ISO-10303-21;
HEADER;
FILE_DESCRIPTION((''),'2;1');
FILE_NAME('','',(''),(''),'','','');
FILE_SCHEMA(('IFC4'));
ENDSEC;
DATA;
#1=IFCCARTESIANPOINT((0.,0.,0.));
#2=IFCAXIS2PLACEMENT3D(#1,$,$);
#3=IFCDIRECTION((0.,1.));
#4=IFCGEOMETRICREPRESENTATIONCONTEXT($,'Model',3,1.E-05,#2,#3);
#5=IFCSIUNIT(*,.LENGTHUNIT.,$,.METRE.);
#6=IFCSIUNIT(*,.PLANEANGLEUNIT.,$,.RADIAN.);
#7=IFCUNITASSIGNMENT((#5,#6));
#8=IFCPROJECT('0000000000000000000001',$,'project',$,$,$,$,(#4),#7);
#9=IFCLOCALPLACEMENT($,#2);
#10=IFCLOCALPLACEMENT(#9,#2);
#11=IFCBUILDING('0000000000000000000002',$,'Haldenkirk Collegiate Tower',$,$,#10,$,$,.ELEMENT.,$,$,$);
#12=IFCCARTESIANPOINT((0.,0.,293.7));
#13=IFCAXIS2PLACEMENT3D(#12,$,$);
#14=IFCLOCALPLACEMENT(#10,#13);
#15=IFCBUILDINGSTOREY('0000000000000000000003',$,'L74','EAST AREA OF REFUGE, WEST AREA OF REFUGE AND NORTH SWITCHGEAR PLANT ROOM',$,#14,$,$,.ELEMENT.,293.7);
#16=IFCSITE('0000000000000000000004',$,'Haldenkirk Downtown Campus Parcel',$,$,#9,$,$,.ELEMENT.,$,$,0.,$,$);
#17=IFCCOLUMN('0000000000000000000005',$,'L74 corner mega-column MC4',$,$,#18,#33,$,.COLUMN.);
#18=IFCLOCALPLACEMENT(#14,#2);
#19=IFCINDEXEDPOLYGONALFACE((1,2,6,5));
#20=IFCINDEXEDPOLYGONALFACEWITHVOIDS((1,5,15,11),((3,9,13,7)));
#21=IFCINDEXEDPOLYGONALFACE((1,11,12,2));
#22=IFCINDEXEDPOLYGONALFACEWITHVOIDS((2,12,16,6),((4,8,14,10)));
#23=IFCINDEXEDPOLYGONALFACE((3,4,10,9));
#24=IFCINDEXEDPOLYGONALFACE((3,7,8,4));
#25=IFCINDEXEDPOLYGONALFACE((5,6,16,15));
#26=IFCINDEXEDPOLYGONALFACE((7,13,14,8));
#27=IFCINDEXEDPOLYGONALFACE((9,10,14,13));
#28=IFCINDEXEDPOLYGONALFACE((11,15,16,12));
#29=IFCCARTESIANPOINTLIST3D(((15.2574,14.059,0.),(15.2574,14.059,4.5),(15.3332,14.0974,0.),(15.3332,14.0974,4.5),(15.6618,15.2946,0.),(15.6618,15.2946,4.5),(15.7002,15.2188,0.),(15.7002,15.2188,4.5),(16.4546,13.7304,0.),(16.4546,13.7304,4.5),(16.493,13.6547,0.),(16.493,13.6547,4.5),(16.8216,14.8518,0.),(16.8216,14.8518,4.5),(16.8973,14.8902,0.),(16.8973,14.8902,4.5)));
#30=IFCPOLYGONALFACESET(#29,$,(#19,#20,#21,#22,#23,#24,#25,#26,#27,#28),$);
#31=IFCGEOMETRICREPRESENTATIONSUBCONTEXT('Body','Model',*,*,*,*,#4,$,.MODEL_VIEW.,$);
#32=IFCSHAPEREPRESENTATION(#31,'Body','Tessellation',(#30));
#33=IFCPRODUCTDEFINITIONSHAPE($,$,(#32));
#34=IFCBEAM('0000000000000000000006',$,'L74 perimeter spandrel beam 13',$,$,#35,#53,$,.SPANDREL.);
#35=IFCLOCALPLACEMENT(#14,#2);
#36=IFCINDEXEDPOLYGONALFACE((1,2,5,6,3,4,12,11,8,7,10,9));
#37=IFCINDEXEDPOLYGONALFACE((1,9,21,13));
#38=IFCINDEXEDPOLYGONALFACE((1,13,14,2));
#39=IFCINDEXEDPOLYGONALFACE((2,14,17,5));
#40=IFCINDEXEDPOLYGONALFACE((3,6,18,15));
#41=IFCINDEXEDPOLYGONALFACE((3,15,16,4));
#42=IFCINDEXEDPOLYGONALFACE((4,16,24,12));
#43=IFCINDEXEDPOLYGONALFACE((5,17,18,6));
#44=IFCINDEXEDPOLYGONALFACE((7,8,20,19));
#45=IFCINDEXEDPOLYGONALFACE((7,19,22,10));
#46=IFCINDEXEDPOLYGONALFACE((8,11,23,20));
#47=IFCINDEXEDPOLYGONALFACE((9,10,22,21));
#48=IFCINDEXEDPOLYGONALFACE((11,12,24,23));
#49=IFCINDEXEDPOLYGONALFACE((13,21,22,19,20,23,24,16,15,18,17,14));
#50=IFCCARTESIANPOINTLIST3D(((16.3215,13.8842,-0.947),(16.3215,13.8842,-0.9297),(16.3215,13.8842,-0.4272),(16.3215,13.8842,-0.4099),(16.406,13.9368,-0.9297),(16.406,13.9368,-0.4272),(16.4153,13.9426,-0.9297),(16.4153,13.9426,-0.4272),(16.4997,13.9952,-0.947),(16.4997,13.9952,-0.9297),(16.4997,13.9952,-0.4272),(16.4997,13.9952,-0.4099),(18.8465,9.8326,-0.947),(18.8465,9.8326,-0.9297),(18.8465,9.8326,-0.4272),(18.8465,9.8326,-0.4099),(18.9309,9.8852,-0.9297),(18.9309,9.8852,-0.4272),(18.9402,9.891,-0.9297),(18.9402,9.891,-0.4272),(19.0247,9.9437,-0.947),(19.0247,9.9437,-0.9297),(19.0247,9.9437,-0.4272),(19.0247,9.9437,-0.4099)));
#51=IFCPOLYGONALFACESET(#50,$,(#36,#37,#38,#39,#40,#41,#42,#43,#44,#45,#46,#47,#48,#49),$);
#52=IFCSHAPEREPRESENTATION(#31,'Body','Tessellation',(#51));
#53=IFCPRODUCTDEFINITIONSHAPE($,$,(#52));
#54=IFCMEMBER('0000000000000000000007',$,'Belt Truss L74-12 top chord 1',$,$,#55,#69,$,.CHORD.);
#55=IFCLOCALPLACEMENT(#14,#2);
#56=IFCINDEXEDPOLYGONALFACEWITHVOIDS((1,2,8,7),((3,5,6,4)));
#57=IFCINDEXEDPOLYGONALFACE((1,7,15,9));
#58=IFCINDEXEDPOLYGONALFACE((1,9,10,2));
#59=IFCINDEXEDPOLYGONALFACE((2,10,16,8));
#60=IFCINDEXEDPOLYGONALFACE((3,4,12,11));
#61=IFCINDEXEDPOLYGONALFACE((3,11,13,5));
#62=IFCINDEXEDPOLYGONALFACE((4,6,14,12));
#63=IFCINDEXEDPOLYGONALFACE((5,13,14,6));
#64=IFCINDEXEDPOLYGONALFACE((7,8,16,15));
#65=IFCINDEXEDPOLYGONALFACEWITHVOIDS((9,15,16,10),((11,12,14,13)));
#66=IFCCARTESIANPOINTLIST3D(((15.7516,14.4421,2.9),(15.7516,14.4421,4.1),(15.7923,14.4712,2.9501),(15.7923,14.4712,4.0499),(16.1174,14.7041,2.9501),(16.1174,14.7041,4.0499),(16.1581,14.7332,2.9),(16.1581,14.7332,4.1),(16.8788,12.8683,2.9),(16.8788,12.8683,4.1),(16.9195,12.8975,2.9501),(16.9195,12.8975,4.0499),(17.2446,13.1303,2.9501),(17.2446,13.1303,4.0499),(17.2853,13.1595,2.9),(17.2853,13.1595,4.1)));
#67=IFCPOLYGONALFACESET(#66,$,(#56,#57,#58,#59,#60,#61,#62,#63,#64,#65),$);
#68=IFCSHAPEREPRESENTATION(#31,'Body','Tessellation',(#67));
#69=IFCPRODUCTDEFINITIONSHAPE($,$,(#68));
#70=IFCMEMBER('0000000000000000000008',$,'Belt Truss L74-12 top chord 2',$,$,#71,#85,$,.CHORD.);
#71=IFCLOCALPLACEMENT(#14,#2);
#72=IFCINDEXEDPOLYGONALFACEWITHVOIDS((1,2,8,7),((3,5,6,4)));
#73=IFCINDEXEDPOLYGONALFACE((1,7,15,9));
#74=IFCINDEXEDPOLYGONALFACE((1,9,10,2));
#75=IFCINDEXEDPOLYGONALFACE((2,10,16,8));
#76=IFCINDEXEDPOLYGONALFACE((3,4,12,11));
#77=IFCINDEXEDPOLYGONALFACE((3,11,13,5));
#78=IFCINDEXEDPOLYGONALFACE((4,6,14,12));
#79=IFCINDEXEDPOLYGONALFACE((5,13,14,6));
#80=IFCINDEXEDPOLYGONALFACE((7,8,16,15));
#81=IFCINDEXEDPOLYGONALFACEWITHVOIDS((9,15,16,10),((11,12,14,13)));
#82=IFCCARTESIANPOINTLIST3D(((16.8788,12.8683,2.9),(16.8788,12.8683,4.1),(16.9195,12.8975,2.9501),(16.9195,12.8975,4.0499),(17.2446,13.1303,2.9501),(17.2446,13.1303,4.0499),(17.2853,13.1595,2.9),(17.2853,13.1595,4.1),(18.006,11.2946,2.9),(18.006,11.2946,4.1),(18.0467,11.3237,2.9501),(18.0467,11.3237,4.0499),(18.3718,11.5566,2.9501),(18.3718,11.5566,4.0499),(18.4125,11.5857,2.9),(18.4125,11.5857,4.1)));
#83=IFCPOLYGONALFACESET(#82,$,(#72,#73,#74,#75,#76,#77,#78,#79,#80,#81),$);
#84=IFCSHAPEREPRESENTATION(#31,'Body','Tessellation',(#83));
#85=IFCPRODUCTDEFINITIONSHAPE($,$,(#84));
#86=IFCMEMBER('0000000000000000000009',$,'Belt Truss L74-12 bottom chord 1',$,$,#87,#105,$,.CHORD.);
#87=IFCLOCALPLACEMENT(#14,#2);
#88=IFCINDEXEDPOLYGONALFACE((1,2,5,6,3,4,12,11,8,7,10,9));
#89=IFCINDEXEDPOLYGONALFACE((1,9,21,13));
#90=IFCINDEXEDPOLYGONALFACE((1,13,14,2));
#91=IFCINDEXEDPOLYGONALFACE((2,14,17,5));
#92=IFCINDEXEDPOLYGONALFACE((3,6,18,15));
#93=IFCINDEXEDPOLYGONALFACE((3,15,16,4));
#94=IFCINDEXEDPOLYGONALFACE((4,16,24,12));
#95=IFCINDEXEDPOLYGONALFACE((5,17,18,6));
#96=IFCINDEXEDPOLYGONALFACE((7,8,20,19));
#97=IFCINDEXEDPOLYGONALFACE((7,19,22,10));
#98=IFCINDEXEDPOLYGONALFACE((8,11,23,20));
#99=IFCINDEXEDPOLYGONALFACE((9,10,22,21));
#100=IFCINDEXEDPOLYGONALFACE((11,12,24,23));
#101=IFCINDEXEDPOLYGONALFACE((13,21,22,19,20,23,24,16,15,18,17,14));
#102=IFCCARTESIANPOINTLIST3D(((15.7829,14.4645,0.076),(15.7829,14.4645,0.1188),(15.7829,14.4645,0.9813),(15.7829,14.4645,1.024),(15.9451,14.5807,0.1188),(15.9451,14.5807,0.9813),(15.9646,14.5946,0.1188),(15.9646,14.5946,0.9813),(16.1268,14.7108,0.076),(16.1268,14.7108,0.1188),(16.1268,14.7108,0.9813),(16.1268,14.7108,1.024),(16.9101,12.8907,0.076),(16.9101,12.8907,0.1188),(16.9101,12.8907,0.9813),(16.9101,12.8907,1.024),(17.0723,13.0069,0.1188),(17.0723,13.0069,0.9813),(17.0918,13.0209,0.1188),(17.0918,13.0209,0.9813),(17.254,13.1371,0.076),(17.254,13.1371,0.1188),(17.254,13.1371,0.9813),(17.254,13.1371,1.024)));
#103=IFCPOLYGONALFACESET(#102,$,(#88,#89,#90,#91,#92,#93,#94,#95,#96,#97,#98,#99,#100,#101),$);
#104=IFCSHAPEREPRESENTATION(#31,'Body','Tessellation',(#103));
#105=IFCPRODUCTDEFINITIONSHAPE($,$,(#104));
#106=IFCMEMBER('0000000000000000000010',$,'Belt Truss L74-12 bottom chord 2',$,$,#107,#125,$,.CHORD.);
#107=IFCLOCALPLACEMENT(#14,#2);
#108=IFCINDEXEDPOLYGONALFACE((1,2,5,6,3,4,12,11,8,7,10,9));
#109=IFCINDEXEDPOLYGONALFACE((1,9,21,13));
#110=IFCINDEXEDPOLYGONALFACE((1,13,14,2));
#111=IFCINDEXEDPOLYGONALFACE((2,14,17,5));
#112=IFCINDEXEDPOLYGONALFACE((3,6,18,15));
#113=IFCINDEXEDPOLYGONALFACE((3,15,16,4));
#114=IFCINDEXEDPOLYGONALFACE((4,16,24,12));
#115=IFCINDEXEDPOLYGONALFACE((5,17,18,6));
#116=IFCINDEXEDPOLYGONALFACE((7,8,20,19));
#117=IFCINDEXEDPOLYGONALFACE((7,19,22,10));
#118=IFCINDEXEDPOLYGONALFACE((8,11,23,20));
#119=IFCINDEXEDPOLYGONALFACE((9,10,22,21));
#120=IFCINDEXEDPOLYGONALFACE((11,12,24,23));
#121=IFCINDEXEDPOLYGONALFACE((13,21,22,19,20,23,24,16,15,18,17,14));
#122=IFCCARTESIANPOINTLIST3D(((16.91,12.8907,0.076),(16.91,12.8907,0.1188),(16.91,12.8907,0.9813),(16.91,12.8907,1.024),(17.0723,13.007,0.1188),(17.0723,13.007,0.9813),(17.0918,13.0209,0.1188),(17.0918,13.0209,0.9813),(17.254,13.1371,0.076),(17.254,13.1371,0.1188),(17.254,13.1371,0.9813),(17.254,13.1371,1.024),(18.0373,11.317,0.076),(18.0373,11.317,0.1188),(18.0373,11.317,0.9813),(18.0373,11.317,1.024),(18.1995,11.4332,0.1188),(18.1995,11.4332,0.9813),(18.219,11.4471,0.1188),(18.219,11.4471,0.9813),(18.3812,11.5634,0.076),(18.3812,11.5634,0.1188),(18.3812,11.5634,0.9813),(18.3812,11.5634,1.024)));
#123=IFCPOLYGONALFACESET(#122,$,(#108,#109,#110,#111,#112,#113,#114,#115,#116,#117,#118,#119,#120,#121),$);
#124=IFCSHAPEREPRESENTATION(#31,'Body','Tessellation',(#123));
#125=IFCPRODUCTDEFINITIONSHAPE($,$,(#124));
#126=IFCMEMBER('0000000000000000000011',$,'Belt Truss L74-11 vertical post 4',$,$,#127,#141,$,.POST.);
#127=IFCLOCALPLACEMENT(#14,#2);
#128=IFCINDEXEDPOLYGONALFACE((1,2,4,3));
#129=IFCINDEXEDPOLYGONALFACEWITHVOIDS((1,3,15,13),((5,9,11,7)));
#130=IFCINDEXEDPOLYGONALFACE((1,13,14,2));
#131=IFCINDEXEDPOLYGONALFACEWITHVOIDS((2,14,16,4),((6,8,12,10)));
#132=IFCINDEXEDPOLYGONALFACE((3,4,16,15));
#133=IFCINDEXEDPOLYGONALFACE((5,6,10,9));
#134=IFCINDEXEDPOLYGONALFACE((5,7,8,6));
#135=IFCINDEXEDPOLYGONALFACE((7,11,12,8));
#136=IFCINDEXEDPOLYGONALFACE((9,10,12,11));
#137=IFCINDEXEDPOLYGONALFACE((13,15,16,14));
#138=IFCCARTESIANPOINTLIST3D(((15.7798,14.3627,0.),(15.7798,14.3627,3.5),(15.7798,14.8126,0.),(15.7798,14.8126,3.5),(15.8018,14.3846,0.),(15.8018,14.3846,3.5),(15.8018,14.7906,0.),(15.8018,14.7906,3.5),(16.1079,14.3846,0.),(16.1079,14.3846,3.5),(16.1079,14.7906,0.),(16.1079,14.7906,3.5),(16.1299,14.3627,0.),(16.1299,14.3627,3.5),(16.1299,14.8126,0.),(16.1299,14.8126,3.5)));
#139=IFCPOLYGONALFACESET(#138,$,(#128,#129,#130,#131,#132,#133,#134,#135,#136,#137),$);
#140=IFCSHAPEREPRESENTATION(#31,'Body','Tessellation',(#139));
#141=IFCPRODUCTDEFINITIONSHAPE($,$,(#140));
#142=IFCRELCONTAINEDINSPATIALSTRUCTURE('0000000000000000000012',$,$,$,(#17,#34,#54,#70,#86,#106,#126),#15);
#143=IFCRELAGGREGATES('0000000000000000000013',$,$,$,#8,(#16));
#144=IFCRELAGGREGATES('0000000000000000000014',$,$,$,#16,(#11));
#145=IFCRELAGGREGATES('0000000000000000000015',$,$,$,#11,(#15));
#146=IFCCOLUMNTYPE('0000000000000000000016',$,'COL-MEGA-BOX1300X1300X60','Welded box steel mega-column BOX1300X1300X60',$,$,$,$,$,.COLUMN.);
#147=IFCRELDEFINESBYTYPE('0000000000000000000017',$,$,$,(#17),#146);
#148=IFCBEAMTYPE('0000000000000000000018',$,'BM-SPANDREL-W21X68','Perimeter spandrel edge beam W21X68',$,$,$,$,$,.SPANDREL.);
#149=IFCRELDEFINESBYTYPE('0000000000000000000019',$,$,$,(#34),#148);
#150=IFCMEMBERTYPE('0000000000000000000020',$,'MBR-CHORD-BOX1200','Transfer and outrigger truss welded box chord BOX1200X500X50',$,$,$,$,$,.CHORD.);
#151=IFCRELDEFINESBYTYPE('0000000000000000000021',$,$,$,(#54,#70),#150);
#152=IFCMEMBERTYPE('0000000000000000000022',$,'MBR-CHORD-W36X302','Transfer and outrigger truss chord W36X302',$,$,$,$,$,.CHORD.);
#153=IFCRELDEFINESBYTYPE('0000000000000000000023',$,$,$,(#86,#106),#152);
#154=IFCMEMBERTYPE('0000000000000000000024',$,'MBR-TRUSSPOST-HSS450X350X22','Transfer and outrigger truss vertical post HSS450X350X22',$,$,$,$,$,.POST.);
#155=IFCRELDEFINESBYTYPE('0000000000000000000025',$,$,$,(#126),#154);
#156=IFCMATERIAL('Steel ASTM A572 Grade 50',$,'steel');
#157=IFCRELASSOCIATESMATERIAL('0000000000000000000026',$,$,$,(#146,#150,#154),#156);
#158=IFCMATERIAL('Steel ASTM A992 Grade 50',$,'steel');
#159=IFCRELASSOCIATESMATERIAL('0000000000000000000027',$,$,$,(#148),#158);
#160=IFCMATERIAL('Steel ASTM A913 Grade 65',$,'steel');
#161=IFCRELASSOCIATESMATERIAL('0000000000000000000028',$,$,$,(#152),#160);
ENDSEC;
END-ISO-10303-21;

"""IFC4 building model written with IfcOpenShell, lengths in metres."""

from ifc_helpers import new_model, si_unit, direction, frame, origin, origin_2d, place, context, subcontext, project, spatial, hollow_rectangle, i_section, extrude, material, material_profile, profile_set, type_object, element, save


model = new_model("IFC4")

# Units and contexts
model_context = context("Model", 3, precision=1e-05, world=origin(), true_north=direction((0.0, 1.0)))
body_context = subcontext(model_context, "Body", "Model", "MODEL_VIEW")
ifc_project = project(units=[si_unit("LENGTHUNIT", "METRE"), si_unit("PLANEANGLEUNIT", "RADIAN")], contexts=[model_context])

# Site, building, storey
site_placement = place(None, origin())
site = spatial("IfcSite", under=ifc_project, at=site_placement, Name="Haldenkirk Downtown Campus Parcel", CompositionType="ELEMENT", RefElevation=0.0)
building_placement = place(site_placement, origin())
building = spatial("IfcBuilding", under=site, at=building_placement, Name="Haldenkirk Collegiate Tower", CompositionType="ELEMENT")
storey_placement = place(building_placement, frame((0.0, 0.0, 293.7)))
storey = spatial("IfcBuildingStorey", under=building, at=storey_placement, Name="L74", Description="EAST AREA OF REFUGE, WEST AREA OF REFUGE AND NORTH SWITCHGEAR PLANT ROOM", CompositionType="ELEMENT", Elevation=293.7)

# Column
ifc_material_1 = material(Name="Steel ASTM A572 Grade 50", Category="steel")
ifc_material_profile_1 = material_profile(ifc_material_1, hollow_rectangle(XDim=1.3, YDim=1.3, WallThickness=0.0601, at=origin_2d()), Name="BOX1300X1300X60")
ifc_profile_set_1 = profile_set([ifc_material_profile_1], Name="Steel ASTM A572 Grade 50")
column_type = type_object("IfcColumnType", Name="COL-MEGA-BOX1300X1300X60", Description="Welded box steel mega-column BOX1300X1300X60", PredefinedType="COLUMN", material=ifc_profile_set_1)
column_placement = place(storey_placement, frame((16.0774, 14.4746, 0.0), z_axis=(0.0, 0.0, 1.0), x_axis=(0.311008, 0.950407, 0.0)))
element("IfcColumn", 1, at=column_placement, inside=storey, type_object=column_type, Name="L74 corner mega-column MC4", PredefinedType="COLUMN", context=body_context, shape_type="SweptSolid", body=[
    extrude(hollow_rectangle(XDim=1.3, YDim=1.3, WallThickness=0.0601, at=origin_2d()), origin(), (0.0, 0.0, 1.0), 4.5),
])

# Beam
ifc_material_2 = material(Name="Steel ASTM A992 Grade 50", Category="steel")
ifc_material_profile_2 = material_profile(ifc_material_2, i_section(OverallWidth=0.21, OverallDepth=0.5371, WebThickness=0.011, FlangeThickness=0.0173, at=origin_2d()), Name="W21X68")
ifc_profile_set_2 = profile_set([ifc_material_profile_2], Name="Steel ASTM A992 Grade 50")
beam_type = type_object("IfcBeamType", Name="BM-SPANDREL-W21X68", Description="Perimeter spandrel edge beam W21X68", PredefinedType="SPANDREL", material=ifc_profile_set_2)
beam_placement = place(storey_placement, frame((16.4106, 13.9397, -0.6785), z_axis=(0.5289, -0.848684, 0.0), x_axis=(0.848684, 0.5289, 0.0)))
element("IfcBeam", 2, at=beam_placement, inside=storey, type_object=beam_type, Name="L74 perimeter spandrel beam 13", PredefinedType="SPANDREL", context=body_context, shape_type="SweptSolid", body=[
    extrude(i_section(OverallWidth=0.21, OverallDepth=0.5371, WebThickness=0.011, FlangeThickness=0.0173, at=origin_2d()), origin(), (0.0, 0.0, 1.0), 4.7739),
])

# Members
ifc_material_profile_3 = material_profile(ifc_material_1, hollow_rectangle(XDim=0.5, YDim=1.2, WallThickness=0.05, at=origin_2d()), Name="BOX1200X500X50")
ifc_profile_set_3 = profile_set([ifc_material_profile_3], Name="Steel ASTM A572 Grade 50")
member_type_1 = type_object("IfcMemberType", Name="MBR-CHORD-BOX1200", Description="Transfer and outrigger truss welded box chord BOX1200X500X50", PredefinedType="CHORD", material=ifc_profile_set_3)
for number, where, z_axis, x_axis, name in (
    (3, (15.9548, 14.5876, 3.5), (0.582299, -0.812974, 0.0), (0.812974, 0.582299, 0.0), "Belt Truss L74-12 top chord 1"),
    (4, (17.082, 13.0139, 3.5), (0.582299, -0.812974, 0.0), (0.812974, 0.582299, 0.0), "Belt Truss L74-12 top chord 2"),
):
    element("IfcMember", number, at=place(storey_placement, frame(where, z_axis=z_axis, x_axis=x_axis)), inside=storey, type_object=member_type_1, Name=name, PredefinedType="CHORD", context=body_context, shape_type="SweptSolid", body=[
        extrude(hollow_rectangle(XDim=0.5, YDim=1.2, WallThickness=0.05, at=origin_2d()), origin(), (0.0, 0.0, 1.0), 1.9358),
    ])
ifc_material_3 = material(Name="Steel ASTM A913 Grade 65", Category="steel")
ifc_material_profile_4 = material_profile(ifc_material_3, i_section(OverallWidth=0.4231, OverallDepth=0.948, WebThickness=0.0239, FlangeThickness=0.0427, at=origin_2d()), Name="W36X302")
ifc_profile_set_4 = profile_set([ifc_material_profile_4], Name="Steel ASTM A913 Grade 65")
member_type_2 = type_object("IfcMemberType", Name="MBR-CHORD-W36X302", Description="Transfer and outrigger truss chord W36X302", PredefinedType="CHORD", material=ifc_profile_set_4)
for number, where, z_axis, x_axis, name in (
    (5, (15.9548, 14.5876, 0.55), (0.582299, -0.812974, 0.0), (0.812974, 0.582299, 0.0), "Belt Truss L74-12 bottom chord 1"),
    (6, (17.082, 13.0139, 0.55), (0.582299, -0.812974, 0.0), (0.812974, 0.582299, 0.0), "Belt Truss L74-12 bottom chord 2"),
):
    element("IfcMember", number, at=place(storey_placement, frame(where, z_axis=z_axis, x_axis=x_axis)), inside=storey, type_object=member_type_2, Name=name, PredefinedType="CHORD", context=body_context, shape_type="SweptSolid", body=[
        extrude(i_section(OverallWidth=0.4231, OverallDepth=0.948, WebThickness=0.0239, FlangeThickness=0.0427, at=origin_2d()), origin(), (0.0, 0.0, 1.0), 1.9358),
    ])
ifc_material_profile_5 = material_profile(ifc_material_1, hollow_rectangle(XDim=0.3501, YDim=0.45, WallThickness=0.022, at=origin_2d()), Name="HSS450X350X22")
ifc_profile_set_5 = profile_set([ifc_material_profile_5], Name="Steel ASTM A572 Grade 50")
member_type_3 = type_object("IfcMemberType", Name="MBR-TRUSSPOST-HSS450X350X22", Description="Transfer and outrigger truss vertical post HSS450X350X22", PredefinedType="POST", material=ifc_profile_set_5)
member_placement = place(storey_placement, frame((15.9548, 14.5876, 0.0), z_axis=(0.0, 0.0, 1.0), x_axis=(1.0, 0.0, 0.0)))
element("IfcMember", 7, at=member_placement, inside=storey, type_object=member_type_3, Name="Belt Truss L74-11 vertical post 4", PredefinedType="POST", context=body_context, shape_type="SweptSolid", body=[
    extrude(hollow_rectangle(XDim=0.3501, YDim=0.45, WallThickness=0.022, at=origin_2d()), origin(), (0.0, 0.0, 1.0), 3.5),
])

save(model, "model.ifc")
